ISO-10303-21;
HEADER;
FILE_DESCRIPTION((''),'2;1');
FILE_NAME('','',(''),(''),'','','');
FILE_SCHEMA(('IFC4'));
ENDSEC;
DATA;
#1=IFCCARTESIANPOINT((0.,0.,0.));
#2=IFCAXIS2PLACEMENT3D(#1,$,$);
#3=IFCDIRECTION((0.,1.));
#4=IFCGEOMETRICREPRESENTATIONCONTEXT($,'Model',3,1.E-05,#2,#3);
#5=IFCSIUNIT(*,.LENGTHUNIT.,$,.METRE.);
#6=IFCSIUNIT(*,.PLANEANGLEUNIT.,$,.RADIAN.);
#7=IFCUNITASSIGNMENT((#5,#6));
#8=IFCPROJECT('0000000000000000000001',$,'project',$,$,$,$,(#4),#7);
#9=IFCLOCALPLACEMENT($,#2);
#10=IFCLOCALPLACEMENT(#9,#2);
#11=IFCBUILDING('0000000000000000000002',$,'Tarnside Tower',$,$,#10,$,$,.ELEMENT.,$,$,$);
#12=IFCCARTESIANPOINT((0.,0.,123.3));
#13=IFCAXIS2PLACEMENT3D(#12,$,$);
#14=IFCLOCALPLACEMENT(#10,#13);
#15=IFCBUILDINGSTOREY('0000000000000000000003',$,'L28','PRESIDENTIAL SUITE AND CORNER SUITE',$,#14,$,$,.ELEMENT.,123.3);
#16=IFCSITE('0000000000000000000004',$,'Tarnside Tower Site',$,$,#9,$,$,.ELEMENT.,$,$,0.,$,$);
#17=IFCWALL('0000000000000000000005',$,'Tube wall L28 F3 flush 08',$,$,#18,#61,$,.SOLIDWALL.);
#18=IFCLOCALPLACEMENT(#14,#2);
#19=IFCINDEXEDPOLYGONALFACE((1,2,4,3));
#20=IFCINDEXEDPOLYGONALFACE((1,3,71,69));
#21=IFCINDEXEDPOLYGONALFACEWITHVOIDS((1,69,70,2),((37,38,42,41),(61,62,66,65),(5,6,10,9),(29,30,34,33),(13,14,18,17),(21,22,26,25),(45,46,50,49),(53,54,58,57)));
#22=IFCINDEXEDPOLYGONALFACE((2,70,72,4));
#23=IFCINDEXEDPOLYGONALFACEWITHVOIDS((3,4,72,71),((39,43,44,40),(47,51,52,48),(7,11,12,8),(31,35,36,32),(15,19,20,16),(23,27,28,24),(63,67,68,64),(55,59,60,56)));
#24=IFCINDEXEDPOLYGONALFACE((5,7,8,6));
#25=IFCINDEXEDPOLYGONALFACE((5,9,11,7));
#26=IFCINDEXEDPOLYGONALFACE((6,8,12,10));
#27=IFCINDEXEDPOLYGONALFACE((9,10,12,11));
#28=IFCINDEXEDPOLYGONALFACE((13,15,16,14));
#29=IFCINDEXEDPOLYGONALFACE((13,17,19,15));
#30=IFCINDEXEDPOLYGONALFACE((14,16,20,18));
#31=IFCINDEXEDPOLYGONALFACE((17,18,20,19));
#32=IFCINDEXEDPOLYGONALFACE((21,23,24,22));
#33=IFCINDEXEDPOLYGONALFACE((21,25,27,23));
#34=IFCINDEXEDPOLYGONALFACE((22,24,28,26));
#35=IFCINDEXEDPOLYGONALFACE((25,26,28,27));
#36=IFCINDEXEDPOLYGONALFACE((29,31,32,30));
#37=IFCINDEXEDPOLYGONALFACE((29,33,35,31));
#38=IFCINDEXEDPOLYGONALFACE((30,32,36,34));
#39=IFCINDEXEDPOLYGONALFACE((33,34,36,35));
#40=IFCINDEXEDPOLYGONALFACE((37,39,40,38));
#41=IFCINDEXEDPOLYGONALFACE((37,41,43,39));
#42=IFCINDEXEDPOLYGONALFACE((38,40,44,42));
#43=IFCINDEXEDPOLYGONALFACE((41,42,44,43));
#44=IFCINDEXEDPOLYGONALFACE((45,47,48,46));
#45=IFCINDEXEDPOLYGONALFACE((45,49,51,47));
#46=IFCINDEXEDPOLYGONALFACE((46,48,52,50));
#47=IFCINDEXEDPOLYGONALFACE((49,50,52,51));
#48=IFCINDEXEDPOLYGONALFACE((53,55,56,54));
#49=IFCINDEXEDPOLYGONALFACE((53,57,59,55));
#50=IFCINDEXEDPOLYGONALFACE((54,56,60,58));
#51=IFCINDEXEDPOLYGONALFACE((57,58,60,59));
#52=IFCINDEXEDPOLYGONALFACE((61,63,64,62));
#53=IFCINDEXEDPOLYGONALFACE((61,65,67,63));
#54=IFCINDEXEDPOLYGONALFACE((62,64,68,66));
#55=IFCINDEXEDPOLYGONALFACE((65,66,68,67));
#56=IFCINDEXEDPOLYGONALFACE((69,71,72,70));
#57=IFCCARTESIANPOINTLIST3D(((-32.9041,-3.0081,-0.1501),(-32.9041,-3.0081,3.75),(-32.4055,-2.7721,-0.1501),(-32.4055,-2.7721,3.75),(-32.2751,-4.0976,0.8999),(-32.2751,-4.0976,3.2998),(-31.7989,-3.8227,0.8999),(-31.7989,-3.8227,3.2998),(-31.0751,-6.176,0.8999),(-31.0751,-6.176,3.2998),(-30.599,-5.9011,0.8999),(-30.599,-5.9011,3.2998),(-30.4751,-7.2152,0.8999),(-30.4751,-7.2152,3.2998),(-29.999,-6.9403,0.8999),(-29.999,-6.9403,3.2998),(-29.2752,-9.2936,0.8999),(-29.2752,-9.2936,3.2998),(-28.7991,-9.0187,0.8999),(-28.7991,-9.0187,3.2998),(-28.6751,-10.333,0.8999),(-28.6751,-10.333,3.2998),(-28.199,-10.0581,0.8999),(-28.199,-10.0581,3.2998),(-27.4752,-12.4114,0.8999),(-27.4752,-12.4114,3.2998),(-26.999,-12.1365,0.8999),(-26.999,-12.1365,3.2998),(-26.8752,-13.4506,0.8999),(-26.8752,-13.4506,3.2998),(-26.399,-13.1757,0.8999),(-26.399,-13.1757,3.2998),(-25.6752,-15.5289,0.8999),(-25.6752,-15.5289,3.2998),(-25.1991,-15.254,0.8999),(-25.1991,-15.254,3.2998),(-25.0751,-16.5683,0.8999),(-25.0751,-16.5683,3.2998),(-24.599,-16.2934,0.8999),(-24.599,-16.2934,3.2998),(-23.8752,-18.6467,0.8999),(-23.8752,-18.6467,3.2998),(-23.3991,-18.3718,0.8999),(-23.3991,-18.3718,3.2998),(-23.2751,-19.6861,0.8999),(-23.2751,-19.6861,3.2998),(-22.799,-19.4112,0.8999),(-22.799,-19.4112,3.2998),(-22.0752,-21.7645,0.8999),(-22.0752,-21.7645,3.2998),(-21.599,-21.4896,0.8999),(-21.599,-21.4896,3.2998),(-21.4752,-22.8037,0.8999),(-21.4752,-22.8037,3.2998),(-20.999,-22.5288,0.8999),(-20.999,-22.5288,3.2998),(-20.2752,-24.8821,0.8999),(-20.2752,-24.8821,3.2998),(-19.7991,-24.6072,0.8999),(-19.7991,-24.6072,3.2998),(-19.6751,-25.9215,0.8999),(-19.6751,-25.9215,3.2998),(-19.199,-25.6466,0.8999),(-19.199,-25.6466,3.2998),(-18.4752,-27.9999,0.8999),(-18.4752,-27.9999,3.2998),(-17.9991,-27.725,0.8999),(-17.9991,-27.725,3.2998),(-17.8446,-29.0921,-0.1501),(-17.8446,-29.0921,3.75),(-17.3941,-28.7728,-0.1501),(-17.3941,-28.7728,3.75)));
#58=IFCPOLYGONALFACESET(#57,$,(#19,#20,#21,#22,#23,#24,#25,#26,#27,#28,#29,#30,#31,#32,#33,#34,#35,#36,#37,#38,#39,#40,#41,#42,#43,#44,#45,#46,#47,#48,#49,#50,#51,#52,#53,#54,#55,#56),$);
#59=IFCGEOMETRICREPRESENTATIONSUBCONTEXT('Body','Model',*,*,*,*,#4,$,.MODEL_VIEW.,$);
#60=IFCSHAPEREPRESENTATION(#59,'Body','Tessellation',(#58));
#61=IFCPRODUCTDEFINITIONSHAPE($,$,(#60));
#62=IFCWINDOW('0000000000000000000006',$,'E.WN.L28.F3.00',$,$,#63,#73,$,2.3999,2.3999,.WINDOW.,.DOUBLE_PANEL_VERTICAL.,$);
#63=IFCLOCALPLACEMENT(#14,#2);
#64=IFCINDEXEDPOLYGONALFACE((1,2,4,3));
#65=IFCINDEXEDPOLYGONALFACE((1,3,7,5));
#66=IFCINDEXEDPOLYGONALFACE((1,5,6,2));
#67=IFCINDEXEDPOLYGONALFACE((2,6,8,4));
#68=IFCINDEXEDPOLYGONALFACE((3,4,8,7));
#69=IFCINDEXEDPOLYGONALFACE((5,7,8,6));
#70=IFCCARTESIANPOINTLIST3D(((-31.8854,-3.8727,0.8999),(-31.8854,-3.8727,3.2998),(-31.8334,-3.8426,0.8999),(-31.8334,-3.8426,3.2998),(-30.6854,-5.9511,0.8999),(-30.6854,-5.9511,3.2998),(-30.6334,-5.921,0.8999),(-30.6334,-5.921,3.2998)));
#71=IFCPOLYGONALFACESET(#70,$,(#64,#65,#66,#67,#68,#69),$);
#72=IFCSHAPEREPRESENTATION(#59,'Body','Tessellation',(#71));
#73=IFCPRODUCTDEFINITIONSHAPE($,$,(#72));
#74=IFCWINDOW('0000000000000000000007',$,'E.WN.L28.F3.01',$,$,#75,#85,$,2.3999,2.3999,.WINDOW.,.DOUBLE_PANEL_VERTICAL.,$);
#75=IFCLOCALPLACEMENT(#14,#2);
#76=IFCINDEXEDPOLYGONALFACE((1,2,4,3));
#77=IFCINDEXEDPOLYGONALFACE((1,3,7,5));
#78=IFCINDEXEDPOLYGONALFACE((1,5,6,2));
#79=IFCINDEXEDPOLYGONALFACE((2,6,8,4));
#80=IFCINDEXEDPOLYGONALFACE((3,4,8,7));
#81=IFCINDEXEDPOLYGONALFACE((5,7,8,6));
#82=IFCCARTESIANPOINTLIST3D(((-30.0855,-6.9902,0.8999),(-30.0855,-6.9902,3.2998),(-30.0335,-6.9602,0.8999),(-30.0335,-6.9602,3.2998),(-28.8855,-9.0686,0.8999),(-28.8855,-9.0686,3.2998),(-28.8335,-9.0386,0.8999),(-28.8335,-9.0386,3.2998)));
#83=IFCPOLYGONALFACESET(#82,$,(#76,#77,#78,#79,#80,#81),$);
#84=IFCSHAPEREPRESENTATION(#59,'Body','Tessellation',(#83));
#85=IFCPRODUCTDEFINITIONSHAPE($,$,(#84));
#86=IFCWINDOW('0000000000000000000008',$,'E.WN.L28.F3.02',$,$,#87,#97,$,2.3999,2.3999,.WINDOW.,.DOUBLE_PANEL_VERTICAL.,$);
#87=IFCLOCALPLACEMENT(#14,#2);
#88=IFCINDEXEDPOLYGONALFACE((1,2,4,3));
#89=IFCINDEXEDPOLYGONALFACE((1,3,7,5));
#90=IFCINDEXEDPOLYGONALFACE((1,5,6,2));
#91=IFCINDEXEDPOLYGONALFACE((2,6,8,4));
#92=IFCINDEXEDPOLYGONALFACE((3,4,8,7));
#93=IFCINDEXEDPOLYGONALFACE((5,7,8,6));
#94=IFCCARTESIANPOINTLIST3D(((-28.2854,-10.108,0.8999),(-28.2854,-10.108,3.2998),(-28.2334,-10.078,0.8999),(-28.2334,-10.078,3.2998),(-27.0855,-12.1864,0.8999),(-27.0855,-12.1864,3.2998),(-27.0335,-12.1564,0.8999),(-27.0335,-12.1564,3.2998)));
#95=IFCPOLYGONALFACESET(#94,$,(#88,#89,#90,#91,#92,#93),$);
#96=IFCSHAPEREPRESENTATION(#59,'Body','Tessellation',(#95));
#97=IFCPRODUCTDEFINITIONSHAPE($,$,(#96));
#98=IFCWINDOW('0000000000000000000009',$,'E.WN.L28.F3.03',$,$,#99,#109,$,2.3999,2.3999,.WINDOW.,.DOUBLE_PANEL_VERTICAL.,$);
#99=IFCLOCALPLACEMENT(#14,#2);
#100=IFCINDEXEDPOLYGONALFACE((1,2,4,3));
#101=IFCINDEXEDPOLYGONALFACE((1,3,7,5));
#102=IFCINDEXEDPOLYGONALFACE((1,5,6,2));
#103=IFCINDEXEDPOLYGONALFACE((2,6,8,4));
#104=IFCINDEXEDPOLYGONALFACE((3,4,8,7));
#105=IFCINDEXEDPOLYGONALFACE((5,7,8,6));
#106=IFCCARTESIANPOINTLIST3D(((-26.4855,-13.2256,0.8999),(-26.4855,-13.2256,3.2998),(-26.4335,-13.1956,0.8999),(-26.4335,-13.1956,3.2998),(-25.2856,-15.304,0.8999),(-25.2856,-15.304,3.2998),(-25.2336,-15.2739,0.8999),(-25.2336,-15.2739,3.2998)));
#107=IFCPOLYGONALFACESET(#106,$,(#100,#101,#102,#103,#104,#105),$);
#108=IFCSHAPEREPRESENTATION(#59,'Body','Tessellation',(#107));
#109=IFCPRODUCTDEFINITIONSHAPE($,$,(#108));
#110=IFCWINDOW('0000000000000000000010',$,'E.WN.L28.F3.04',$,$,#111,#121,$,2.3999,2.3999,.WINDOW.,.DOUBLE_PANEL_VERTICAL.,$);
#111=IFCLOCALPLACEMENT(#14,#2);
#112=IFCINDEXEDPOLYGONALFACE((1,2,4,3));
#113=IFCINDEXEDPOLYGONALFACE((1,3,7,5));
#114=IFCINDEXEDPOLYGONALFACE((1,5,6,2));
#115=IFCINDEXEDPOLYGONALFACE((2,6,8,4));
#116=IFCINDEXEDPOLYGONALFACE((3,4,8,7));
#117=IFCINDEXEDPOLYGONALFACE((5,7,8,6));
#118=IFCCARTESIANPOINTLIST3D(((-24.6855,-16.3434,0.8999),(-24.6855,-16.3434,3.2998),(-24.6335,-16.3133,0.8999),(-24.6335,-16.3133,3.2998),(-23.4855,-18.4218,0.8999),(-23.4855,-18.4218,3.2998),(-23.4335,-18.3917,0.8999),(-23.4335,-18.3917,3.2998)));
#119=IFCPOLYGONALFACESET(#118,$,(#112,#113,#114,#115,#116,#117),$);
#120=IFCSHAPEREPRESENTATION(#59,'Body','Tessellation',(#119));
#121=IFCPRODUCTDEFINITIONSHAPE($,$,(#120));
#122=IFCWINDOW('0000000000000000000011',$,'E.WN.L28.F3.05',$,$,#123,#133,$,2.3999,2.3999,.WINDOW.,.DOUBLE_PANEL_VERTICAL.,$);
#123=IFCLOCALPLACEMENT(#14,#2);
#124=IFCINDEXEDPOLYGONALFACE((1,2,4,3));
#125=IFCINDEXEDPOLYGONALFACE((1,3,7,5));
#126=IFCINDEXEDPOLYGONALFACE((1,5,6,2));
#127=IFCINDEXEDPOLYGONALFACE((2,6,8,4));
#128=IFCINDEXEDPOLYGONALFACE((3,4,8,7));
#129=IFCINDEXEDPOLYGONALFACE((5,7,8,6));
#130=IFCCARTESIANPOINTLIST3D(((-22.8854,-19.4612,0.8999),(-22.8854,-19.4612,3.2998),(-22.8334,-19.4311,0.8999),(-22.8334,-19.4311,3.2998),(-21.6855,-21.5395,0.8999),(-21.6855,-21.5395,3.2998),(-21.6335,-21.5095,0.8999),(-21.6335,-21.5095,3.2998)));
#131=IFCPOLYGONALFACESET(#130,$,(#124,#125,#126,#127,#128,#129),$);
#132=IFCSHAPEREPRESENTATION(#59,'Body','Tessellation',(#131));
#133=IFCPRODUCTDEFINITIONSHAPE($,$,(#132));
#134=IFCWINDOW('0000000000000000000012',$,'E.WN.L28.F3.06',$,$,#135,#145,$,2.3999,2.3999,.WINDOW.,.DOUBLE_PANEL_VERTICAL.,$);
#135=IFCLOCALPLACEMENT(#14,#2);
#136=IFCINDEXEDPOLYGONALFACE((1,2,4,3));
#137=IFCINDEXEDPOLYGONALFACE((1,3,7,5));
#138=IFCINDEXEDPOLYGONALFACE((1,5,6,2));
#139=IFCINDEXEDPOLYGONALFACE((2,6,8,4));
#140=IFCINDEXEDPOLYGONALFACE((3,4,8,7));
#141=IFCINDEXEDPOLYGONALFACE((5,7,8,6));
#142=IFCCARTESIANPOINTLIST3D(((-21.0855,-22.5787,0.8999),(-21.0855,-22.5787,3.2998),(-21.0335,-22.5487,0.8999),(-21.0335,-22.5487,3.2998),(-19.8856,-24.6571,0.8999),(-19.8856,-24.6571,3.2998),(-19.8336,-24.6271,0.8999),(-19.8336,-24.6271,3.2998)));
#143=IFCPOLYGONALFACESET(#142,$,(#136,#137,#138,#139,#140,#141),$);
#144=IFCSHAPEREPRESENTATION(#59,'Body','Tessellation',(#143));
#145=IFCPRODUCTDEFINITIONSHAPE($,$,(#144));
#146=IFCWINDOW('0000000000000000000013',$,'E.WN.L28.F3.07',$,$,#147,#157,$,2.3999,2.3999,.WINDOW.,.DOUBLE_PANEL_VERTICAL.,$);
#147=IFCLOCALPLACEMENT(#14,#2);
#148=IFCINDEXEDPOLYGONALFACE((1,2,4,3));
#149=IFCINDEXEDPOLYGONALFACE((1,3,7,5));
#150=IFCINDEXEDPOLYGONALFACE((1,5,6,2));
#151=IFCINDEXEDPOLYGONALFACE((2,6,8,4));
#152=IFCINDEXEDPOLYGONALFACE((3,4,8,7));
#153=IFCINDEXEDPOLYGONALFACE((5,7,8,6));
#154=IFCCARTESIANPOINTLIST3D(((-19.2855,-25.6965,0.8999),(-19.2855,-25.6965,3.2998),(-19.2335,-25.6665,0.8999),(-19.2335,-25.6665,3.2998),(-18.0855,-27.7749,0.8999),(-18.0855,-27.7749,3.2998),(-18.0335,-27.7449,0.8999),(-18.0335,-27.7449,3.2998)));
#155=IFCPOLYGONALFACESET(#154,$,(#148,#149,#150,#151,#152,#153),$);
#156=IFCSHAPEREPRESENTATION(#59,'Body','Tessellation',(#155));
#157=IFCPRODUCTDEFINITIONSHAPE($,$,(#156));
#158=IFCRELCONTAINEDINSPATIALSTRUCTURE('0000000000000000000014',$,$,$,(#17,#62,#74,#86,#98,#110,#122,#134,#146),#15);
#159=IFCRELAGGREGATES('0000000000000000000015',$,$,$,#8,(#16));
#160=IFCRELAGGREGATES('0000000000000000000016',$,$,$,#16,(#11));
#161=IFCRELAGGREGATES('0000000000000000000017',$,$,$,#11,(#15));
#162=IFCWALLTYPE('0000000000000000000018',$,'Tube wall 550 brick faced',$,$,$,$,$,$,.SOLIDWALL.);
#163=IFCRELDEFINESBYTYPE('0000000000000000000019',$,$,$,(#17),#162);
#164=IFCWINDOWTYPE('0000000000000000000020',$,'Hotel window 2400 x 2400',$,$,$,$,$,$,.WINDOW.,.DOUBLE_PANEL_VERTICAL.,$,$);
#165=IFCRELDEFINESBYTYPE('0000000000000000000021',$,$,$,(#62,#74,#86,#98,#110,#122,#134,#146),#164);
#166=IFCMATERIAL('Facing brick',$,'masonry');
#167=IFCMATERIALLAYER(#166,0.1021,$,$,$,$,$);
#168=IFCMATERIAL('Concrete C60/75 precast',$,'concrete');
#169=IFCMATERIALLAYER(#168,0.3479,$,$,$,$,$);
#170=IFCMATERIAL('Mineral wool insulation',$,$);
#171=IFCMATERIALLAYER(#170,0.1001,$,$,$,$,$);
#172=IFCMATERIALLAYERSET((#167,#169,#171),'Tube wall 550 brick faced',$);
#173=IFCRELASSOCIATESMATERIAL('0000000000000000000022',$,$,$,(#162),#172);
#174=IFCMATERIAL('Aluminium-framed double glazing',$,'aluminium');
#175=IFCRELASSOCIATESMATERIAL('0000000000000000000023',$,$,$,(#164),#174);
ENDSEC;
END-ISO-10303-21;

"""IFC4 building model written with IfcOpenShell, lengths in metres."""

from ifc_helpers import new_model, si_unit, direction, frame, frame_2d, origin, place, context, subcontext, project, spatial, polyline, rectangle, outline, extrude, material, layer, layer_set, type_object, element, fill, save


model = new_model("IFC4")

# Units and contexts
model_context = context("Model", 3, precision=1e-05, world=origin(), true_north=direction((0.0, 1.0)))
body_context = subcontext(model_context, "Body", "Model", "MODEL_VIEW")
ifc_project = project(units=[si_unit("LENGTHUNIT", "METRE"), si_unit("PLANEANGLEUNIT", "RADIAN")], contexts=[model_context])

# Site, building, storey
site_placement = place(None, origin())
site = spatial("IfcSite", under=ifc_project, at=site_placement, Name="Tarnside Tower Site", CompositionType="ELEMENT", RefElevation=0.0)
building_placement = place(site_placement, origin())
building = spatial("IfcBuilding", under=site, at=building_placement, Name="Tarnside Tower", CompositionType="ELEMENT")
storey_placement = place(building_placement, frame((0.0, 0.0, 123.3)))
storey = spatial("IfcBuildingStorey", under=building, at=storey_placement, Name="L28", Description="PRESIDENTIAL SUITE AND CORNER SUITE", CompositionType="ELEMENT", Elevation=123.3)

# Shared definitions
ifc_material_1 = material(Name="Facing brick", Category="masonry")
ifc_layer_1 = layer(ifc_material_1, 0.1021)
ifc_material_2 = material(Name="Concrete C60/75 precast", Category="concrete")
ifc_layer_2 = layer(ifc_material_2, 0.3479)
ifc_material_3 = material(Name="Mineral wool insulation")
ifc_layer_3 = layer(ifc_material_3, 0.1001)
ifc_layer_set_1 = layer_set([ifc_layer_1, ifc_layer_2, ifc_layer_3], Name="Tube wall 550 brick faced")
wall_type = type_object("IfcWallType", Name="Tube wall 550 brick faced", PredefinedType="SOLIDWALL", material=ifc_layer_set_1)

# Wall, openings, windows
wall_1_placement = place(storey_placement, frame((-32.6548, -2.8901, -0.1501), z_axis=(0.0, 0.0, 1.0), x_axis=(0.499998, -0.866027, 0.0)))
wall_1 = element("IfcWall", 1, at=wall_1_placement, inside=storey, type_object=wall_type, Name="Tube wall L28 F3 flush 08", PredefinedType="SOLIDWALL", context=body_context, shape_type="SweptSolid", body=[
    extrude(outline(polyline([(-0.0225, -0.2749), (30.0967, -0.2749), (30.0454, 0.2749), (0.0225, 0.2749), (-0.0225, -0.2749)])), origin(), (0.0, 0.0, 1.0), 3.9001),
])
opening_1_placement = place(wall_1_placement, frame((1.2356, 0.0, 1.05)))
opening_1 = element("IfcOpeningElement", 2, at=opening_1_placement, cuts=wall_1, PredefinedType="OPENING", context=body_context, shape_type="SweptSolid", body=[
    extrude(rectangle(XDim=2.3999, YDim=2.3999, at=frame_2d((1.2, 1.2))), frame((0.0, 0.2852, 0.0), z_axis=(0.0, -1.0, 0.0), x_axis=(1.0, 0.0, 0.0)), (0.0, 0.0, 1.0), 0.5701),
])
opening_2_placement = place(wall_1_placement, frame((4.8354, 0.0, 1.05)))
opening_2 = element("IfcOpeningElement", 3, at=opening_2_placement, cuts=wall_1, PredefinedType="OPENING", context=body_context, shape_type="SweptSolid", body=[
    extrude(rectangle(XDim=2.3999, YDim=2.3999, at=frame_2d((1.2, 1.2))), frame((0.0, 0.2852, 0.0), z_axis=(0.0, -1.0, 0.0), x_axis=(1.0, 0.0, 0.0)), (0.0, 0.0, 1.0), 0.5701),
])
opening_3_placement = place(wall_1_placement, frame((8.4355, 0.0, 1.05)))
opening_3 = element("IfcOpeningElement", 4, at=opening_3_placement, cuts=wall_1, PredefinedType="OPENING", context=body_context, shape_type="SweptSolid", body=[
    extrude(rectangle(XDim=2.3999, YDim=2.3999, at=frame_2d((1.2, 1.2))), frame((0.0, 0.2852, 0.0), z_axis=(0.0, -1.0, 0.0), x_axis=(1.0, 0.0, 0.0)), (0.0, 0.0, 1.0), 0.5701),
])
opening_4_placement = place(wall_1_placement, frame((12.0354, 0.0, 1.05)))
opening_4 = element("IfcOpeningElement", 5, at=opening_4_placement, cuts=wall_1, PredefinedType="OPENING", context=body_context, shape_type="SweptSolid", body=[
    extrude(rectangle(XDim=2.3999, YDim=2.3999, at=frame_2d((1.2, 1.2))), frame((0.0, 0.2852, 0.0), z_axis=(0.0, -1.0, 0.0), x_axis=(1.0, 0.0, 0.0)), (0.0, 0.0, 1.0), 0.5701),
])
opening_5_placement = place(wall_1_placement, frame((15.6355, 0.0, 1.05)))
opening_5 = element("IfcOpeningElement", 6, at=opening_5_placement, cuts=wall_1, PredefinedType="OPENING", context=body_context, shape_type="SweptSolid", body=[
    extrude(rectangle(XDim=2.3999, YDim=2.3999, at=frame_2d((1.2, 1.2))), frame((0.0, 0.2852, 0.0), z_axis=(0.0, -1.0, 0.0), x_axis=(1.0, 0.0, 0.0)), (0.0, 0.0, 1.0), 0.5701),
])
opening_6_placement = place(wall_1_placement, frame((19.2356, 0.0, 1.05)))
opening_6 = element("IfcOpeningElement", 7, at=opening_6_placement, cuts=wall_1, PredefinedType="OPENING", context=body_context, shape_type="SweptSolid", body=[
    extrude(rectangle(XDim=2.3999, YDim=2.3999, at=frame_2d((1.2, 1.2))), frame((0.0, 0.2852, 0.0), z_axis=(0.0, -1.0, 0.0), x_axis=(1.0, 0.0, 0.0)), (0.0, 0.0, 1.0), 0.5701),
])
opening_7_placement = place(wall_1_placement, frame((22.8354, 0.0, 1.05)))
opening_7 = element("IfcOpeningElement", 8, at=opening_7_placement, cuts=wall_1, PredefinedType="OPENING", context=body_context, shape_type="SweptSolid", body=[
    extrude(rectangle(XDim=2.3999, YDim=2.3999, at=frame_2d((1.2, 1.2))), frame((0.0, 0.2852, 0.0), z_axis=(0.0, -1.0, 0.0), x_axis=(1.0, 0.0, 0.0)), (0.0, 0.0, 1.0), 0.5701),
])
opening_8_placement = place(wall_1_placement, frame((26.4355, 0.0, 1.05)))
opening_8 = element("IfcOpeningElement", 9, at=opening_8_placement, cuts=wall_1, PredefinedType="OPENING", context=body_context, shape_type="SweptSolid", body=[
    extrude(rectangle(XDim=2.3999, YDim=2.3999, at=frame_2d((1.2, 1.2))), frame((0.0, 0.2852, 0.0), z_axis=(0.0, -1.0, 0.0), x_axis=(1.0, 0.0, 0.0)), (0.0, 0.0, 1.0), 0.5701),
])
ifc_material_4 = material(Name="Aluminium-framed double glazing", Category="aluminium")
window_type = type_object("IfcWindowType", Name="Hotel window 2400 x 2400", PartitioningType="DOUBLE_PANEL_VERTICAL", PredefinedType="WINDOW", material=ifc_material_4)
window_1_placement = place(opening_1_placement, frame((0.0, 0.2051, 0.0)))
window_1 = element("IfcWindow", 10, at=window_1_placement, inside=storey, type_object=window_type, Name="E.WN.L28.F3.00", OverallHeight=2.3999, OverallWidth=2.3999, PartitioningType="DOUBLE_PANEL_VERTICAL", PredefinedType="WINDOW", context=body_context, shape_type="SweptSolid", body=[
    extrude(rectangle(XDim=2.3999, YDim=2.3999, at=frame_2d((1.2, 1.2))), frame((0.0, 0.03, 0.0), z_axis=(0.0, -1.0, 0.0), x_axis=(1.0, 0.0, 0.0)), (0.0, 0.0, 1.0), 0.0601),
])
fill(opening_1, window_1)
window_2_placement = place(opening_2_placement, frame((0.0, 0.2051, 0.0)))
window_2 = element("IfcWindow", 11, at=window_2_placement, inside=storey, type_object=window_type, Name="E.WN.L28.F3.01", OverallHeight=2.3999, OverallWidth=2.3999, PartitioningType="DOUBLE_PANEL_VERTICAL", PredefinedType="WINDOW", context=body_context, shape_type="SweptSolid", body=[
    extrude(rectangle(XDim=2.3999, YDim=2.3999, at=frame_2d((1.2, 1.2))), frame((0.0, 0.03, 0.0), z_axis=(0.0, -1.0, 0.0), x_axis=(1.0, 0.0, 0.0)), (0.0, 0.0, 1.0), 0.0601),
])
fill(opening_2, window_2)
window_3_placement = place(opening_3_placement, frame((0.0, 0.2051, 0.0)))
window_3 = element("IfcWindow", 12, at=window_3_placement, inside=storey, type_object=window_type, Name="E.WN.L28.F3.02", OverallHeight=2.3999, OverallWidth=2.3999, PartitioningType="DOUBLE_PANEL_VERTICAL", PredefinedType="WINDOW", context=body_context, shape_type="SweptSolid", body=[
    extrude(rectangle(XDim=2.3999, YDim=2.3999, at=frame_2d((1.2, 1.2))), frame((0.0, 0.03, 0.0), z_axis=(0.0, -1.0, 0.0), x_axis=(1.0, 0.0, 0.0)), (0.0, 0.0, 1.0), 0.0601),
])
fill(opening_3, window_3)
window_4_placement = place(opening_4_placement, frame((0.0, 0.2051, 0.0)))
window_4 = element("IfcWindow", 13, at=window_4_placement, inside=storey, type_object=window_type, Name="E.WN.L28.F3.03", OverallHeight=2.3999, OverallWidth=2.3999, PartitioningType="DOUBLE_PANEL_VERTICAL", PredefinedType="WINDOW", context=body_context, shape_type="SweptSolid", body=[
    extrude(rectangle(XDim=2.3999, YDim=2.3999, at=frame_2d((1.2, 1.2))), frame((0.0, 0.03, 0.0), z_axis=(0.0, -1.0, 0.0), x_axis=(1.0, 0.0, 0.0)), (0.0, 0.0, 1.0), 0.0601),
])
fill(opening_4, window_4)
window_5_placement = place(opening_5_placement, frame((0.0, 0.2051, 0.0)))
window_5 = element("IfcWindow", 14, at=window_5_placement, inside=storey, type_object=window_type, Name="E.WN.L28.F3.04", OverallHeight=2.3999, OverallWidth=2.3999, PartitioningType="DOUBLE_PANEL_VERTICAL", PredefinedType="WINDOW", context=body_context, shape_type="SweptSolid", body=[
    extrude(rectangle(XDim=2.3999, YDim=2.3999, at=frame_2d((1.2, 1.2))), frame((0.0, 0.03, 0.0), z_axis=(0.0, -1.0, 0.0), x_axis=(1.0, 0.0, 0.0)), (0.0, 0.0, 1.0), 0.0601),
])
fill(opening_5, window_5)
window_6_placement = place(opening_6_placement, frame((0.0, 0.2051, 0.0)))
window_6 = element("IfcWindow", 15, at=window_6_placement, inside=storey, type_object=window_type, Name="E.WN.L28.F3.05", OverallHeight=2.3999, OverallWidth=2.3999, PartitioningType="DOUBLE_PANEL_VERTICAL", PredefinedType="WINDOW", context=body_context, shape_type="SweptSolid", body=[
    extrude(rectangle(XDim=2.3999, YDim=2.3999, at=frame_2d((1.2, 1.2))), frame((0.0, 0.03, 0.0), z_axis=(0.0, -1.0, 0.0), x_axis=(1.0, 0.0, 0.0)), (0.0, 0.0, 1.0), 0.0601),
])
fill(opening_6, window_6)
window_7_placement = place(opening_7_placement, frame((0.0, 0.2051, 0.0)))
window_7 = element("IfcWindow", 16, at=window_7_placement, inside=storey, type_object=window_type, Name="E.WN.L28.F3.06", OverallHeight=2.3999, OverallWidth=2.3999, PartitioningType="DOUBLE_PANEL_VERTICAL", PredefinedType="WINDOW", context=body_context, shape_type="SweptSolid", body=[
    extrude(rectangle(XDim=2.3999, YDim=2.3999, at=frame_2d((1.2, 1.2))), frame((0.0, 0.03, 0.0), z_axis=(0.0, -1.0, 0.0), x_axis=(1.0, 0.0, 0.0)), (0.0, 0.0, 1.0), 0.0601),
])
fill(opening_7, window_7)
window_8_placement = place(opening_8_placement, frame((0.0, 0.2051, 0.0)))
window_8 = element("IfcWindow", 17, at=window_8_placement, inside=storey, type_object=window_type, Name="E.WN.L28.F3.07", OverallHeight=2.3999, OverallWidth=2.3999, PartitioningType="DOUBLE_PANEL_VERTICAL", PredefinedType="WINDOW", context=body_context, shape_type="SweptSolid", body=[
    extrude(rectangle(XDim=2.3999, YDim=2.3999, at=frame_2d((1.2, 1.2))), frame((0.0, 0.03, 0.0), z_axis=(0.0, -1.0, 0.0), x_axis=(1.0, 0.0, 0.0)), (0.0, 0.0, 1.0), 0.0601),
])
fill(opening_8, window_8)

save(model, "model.ifc")
